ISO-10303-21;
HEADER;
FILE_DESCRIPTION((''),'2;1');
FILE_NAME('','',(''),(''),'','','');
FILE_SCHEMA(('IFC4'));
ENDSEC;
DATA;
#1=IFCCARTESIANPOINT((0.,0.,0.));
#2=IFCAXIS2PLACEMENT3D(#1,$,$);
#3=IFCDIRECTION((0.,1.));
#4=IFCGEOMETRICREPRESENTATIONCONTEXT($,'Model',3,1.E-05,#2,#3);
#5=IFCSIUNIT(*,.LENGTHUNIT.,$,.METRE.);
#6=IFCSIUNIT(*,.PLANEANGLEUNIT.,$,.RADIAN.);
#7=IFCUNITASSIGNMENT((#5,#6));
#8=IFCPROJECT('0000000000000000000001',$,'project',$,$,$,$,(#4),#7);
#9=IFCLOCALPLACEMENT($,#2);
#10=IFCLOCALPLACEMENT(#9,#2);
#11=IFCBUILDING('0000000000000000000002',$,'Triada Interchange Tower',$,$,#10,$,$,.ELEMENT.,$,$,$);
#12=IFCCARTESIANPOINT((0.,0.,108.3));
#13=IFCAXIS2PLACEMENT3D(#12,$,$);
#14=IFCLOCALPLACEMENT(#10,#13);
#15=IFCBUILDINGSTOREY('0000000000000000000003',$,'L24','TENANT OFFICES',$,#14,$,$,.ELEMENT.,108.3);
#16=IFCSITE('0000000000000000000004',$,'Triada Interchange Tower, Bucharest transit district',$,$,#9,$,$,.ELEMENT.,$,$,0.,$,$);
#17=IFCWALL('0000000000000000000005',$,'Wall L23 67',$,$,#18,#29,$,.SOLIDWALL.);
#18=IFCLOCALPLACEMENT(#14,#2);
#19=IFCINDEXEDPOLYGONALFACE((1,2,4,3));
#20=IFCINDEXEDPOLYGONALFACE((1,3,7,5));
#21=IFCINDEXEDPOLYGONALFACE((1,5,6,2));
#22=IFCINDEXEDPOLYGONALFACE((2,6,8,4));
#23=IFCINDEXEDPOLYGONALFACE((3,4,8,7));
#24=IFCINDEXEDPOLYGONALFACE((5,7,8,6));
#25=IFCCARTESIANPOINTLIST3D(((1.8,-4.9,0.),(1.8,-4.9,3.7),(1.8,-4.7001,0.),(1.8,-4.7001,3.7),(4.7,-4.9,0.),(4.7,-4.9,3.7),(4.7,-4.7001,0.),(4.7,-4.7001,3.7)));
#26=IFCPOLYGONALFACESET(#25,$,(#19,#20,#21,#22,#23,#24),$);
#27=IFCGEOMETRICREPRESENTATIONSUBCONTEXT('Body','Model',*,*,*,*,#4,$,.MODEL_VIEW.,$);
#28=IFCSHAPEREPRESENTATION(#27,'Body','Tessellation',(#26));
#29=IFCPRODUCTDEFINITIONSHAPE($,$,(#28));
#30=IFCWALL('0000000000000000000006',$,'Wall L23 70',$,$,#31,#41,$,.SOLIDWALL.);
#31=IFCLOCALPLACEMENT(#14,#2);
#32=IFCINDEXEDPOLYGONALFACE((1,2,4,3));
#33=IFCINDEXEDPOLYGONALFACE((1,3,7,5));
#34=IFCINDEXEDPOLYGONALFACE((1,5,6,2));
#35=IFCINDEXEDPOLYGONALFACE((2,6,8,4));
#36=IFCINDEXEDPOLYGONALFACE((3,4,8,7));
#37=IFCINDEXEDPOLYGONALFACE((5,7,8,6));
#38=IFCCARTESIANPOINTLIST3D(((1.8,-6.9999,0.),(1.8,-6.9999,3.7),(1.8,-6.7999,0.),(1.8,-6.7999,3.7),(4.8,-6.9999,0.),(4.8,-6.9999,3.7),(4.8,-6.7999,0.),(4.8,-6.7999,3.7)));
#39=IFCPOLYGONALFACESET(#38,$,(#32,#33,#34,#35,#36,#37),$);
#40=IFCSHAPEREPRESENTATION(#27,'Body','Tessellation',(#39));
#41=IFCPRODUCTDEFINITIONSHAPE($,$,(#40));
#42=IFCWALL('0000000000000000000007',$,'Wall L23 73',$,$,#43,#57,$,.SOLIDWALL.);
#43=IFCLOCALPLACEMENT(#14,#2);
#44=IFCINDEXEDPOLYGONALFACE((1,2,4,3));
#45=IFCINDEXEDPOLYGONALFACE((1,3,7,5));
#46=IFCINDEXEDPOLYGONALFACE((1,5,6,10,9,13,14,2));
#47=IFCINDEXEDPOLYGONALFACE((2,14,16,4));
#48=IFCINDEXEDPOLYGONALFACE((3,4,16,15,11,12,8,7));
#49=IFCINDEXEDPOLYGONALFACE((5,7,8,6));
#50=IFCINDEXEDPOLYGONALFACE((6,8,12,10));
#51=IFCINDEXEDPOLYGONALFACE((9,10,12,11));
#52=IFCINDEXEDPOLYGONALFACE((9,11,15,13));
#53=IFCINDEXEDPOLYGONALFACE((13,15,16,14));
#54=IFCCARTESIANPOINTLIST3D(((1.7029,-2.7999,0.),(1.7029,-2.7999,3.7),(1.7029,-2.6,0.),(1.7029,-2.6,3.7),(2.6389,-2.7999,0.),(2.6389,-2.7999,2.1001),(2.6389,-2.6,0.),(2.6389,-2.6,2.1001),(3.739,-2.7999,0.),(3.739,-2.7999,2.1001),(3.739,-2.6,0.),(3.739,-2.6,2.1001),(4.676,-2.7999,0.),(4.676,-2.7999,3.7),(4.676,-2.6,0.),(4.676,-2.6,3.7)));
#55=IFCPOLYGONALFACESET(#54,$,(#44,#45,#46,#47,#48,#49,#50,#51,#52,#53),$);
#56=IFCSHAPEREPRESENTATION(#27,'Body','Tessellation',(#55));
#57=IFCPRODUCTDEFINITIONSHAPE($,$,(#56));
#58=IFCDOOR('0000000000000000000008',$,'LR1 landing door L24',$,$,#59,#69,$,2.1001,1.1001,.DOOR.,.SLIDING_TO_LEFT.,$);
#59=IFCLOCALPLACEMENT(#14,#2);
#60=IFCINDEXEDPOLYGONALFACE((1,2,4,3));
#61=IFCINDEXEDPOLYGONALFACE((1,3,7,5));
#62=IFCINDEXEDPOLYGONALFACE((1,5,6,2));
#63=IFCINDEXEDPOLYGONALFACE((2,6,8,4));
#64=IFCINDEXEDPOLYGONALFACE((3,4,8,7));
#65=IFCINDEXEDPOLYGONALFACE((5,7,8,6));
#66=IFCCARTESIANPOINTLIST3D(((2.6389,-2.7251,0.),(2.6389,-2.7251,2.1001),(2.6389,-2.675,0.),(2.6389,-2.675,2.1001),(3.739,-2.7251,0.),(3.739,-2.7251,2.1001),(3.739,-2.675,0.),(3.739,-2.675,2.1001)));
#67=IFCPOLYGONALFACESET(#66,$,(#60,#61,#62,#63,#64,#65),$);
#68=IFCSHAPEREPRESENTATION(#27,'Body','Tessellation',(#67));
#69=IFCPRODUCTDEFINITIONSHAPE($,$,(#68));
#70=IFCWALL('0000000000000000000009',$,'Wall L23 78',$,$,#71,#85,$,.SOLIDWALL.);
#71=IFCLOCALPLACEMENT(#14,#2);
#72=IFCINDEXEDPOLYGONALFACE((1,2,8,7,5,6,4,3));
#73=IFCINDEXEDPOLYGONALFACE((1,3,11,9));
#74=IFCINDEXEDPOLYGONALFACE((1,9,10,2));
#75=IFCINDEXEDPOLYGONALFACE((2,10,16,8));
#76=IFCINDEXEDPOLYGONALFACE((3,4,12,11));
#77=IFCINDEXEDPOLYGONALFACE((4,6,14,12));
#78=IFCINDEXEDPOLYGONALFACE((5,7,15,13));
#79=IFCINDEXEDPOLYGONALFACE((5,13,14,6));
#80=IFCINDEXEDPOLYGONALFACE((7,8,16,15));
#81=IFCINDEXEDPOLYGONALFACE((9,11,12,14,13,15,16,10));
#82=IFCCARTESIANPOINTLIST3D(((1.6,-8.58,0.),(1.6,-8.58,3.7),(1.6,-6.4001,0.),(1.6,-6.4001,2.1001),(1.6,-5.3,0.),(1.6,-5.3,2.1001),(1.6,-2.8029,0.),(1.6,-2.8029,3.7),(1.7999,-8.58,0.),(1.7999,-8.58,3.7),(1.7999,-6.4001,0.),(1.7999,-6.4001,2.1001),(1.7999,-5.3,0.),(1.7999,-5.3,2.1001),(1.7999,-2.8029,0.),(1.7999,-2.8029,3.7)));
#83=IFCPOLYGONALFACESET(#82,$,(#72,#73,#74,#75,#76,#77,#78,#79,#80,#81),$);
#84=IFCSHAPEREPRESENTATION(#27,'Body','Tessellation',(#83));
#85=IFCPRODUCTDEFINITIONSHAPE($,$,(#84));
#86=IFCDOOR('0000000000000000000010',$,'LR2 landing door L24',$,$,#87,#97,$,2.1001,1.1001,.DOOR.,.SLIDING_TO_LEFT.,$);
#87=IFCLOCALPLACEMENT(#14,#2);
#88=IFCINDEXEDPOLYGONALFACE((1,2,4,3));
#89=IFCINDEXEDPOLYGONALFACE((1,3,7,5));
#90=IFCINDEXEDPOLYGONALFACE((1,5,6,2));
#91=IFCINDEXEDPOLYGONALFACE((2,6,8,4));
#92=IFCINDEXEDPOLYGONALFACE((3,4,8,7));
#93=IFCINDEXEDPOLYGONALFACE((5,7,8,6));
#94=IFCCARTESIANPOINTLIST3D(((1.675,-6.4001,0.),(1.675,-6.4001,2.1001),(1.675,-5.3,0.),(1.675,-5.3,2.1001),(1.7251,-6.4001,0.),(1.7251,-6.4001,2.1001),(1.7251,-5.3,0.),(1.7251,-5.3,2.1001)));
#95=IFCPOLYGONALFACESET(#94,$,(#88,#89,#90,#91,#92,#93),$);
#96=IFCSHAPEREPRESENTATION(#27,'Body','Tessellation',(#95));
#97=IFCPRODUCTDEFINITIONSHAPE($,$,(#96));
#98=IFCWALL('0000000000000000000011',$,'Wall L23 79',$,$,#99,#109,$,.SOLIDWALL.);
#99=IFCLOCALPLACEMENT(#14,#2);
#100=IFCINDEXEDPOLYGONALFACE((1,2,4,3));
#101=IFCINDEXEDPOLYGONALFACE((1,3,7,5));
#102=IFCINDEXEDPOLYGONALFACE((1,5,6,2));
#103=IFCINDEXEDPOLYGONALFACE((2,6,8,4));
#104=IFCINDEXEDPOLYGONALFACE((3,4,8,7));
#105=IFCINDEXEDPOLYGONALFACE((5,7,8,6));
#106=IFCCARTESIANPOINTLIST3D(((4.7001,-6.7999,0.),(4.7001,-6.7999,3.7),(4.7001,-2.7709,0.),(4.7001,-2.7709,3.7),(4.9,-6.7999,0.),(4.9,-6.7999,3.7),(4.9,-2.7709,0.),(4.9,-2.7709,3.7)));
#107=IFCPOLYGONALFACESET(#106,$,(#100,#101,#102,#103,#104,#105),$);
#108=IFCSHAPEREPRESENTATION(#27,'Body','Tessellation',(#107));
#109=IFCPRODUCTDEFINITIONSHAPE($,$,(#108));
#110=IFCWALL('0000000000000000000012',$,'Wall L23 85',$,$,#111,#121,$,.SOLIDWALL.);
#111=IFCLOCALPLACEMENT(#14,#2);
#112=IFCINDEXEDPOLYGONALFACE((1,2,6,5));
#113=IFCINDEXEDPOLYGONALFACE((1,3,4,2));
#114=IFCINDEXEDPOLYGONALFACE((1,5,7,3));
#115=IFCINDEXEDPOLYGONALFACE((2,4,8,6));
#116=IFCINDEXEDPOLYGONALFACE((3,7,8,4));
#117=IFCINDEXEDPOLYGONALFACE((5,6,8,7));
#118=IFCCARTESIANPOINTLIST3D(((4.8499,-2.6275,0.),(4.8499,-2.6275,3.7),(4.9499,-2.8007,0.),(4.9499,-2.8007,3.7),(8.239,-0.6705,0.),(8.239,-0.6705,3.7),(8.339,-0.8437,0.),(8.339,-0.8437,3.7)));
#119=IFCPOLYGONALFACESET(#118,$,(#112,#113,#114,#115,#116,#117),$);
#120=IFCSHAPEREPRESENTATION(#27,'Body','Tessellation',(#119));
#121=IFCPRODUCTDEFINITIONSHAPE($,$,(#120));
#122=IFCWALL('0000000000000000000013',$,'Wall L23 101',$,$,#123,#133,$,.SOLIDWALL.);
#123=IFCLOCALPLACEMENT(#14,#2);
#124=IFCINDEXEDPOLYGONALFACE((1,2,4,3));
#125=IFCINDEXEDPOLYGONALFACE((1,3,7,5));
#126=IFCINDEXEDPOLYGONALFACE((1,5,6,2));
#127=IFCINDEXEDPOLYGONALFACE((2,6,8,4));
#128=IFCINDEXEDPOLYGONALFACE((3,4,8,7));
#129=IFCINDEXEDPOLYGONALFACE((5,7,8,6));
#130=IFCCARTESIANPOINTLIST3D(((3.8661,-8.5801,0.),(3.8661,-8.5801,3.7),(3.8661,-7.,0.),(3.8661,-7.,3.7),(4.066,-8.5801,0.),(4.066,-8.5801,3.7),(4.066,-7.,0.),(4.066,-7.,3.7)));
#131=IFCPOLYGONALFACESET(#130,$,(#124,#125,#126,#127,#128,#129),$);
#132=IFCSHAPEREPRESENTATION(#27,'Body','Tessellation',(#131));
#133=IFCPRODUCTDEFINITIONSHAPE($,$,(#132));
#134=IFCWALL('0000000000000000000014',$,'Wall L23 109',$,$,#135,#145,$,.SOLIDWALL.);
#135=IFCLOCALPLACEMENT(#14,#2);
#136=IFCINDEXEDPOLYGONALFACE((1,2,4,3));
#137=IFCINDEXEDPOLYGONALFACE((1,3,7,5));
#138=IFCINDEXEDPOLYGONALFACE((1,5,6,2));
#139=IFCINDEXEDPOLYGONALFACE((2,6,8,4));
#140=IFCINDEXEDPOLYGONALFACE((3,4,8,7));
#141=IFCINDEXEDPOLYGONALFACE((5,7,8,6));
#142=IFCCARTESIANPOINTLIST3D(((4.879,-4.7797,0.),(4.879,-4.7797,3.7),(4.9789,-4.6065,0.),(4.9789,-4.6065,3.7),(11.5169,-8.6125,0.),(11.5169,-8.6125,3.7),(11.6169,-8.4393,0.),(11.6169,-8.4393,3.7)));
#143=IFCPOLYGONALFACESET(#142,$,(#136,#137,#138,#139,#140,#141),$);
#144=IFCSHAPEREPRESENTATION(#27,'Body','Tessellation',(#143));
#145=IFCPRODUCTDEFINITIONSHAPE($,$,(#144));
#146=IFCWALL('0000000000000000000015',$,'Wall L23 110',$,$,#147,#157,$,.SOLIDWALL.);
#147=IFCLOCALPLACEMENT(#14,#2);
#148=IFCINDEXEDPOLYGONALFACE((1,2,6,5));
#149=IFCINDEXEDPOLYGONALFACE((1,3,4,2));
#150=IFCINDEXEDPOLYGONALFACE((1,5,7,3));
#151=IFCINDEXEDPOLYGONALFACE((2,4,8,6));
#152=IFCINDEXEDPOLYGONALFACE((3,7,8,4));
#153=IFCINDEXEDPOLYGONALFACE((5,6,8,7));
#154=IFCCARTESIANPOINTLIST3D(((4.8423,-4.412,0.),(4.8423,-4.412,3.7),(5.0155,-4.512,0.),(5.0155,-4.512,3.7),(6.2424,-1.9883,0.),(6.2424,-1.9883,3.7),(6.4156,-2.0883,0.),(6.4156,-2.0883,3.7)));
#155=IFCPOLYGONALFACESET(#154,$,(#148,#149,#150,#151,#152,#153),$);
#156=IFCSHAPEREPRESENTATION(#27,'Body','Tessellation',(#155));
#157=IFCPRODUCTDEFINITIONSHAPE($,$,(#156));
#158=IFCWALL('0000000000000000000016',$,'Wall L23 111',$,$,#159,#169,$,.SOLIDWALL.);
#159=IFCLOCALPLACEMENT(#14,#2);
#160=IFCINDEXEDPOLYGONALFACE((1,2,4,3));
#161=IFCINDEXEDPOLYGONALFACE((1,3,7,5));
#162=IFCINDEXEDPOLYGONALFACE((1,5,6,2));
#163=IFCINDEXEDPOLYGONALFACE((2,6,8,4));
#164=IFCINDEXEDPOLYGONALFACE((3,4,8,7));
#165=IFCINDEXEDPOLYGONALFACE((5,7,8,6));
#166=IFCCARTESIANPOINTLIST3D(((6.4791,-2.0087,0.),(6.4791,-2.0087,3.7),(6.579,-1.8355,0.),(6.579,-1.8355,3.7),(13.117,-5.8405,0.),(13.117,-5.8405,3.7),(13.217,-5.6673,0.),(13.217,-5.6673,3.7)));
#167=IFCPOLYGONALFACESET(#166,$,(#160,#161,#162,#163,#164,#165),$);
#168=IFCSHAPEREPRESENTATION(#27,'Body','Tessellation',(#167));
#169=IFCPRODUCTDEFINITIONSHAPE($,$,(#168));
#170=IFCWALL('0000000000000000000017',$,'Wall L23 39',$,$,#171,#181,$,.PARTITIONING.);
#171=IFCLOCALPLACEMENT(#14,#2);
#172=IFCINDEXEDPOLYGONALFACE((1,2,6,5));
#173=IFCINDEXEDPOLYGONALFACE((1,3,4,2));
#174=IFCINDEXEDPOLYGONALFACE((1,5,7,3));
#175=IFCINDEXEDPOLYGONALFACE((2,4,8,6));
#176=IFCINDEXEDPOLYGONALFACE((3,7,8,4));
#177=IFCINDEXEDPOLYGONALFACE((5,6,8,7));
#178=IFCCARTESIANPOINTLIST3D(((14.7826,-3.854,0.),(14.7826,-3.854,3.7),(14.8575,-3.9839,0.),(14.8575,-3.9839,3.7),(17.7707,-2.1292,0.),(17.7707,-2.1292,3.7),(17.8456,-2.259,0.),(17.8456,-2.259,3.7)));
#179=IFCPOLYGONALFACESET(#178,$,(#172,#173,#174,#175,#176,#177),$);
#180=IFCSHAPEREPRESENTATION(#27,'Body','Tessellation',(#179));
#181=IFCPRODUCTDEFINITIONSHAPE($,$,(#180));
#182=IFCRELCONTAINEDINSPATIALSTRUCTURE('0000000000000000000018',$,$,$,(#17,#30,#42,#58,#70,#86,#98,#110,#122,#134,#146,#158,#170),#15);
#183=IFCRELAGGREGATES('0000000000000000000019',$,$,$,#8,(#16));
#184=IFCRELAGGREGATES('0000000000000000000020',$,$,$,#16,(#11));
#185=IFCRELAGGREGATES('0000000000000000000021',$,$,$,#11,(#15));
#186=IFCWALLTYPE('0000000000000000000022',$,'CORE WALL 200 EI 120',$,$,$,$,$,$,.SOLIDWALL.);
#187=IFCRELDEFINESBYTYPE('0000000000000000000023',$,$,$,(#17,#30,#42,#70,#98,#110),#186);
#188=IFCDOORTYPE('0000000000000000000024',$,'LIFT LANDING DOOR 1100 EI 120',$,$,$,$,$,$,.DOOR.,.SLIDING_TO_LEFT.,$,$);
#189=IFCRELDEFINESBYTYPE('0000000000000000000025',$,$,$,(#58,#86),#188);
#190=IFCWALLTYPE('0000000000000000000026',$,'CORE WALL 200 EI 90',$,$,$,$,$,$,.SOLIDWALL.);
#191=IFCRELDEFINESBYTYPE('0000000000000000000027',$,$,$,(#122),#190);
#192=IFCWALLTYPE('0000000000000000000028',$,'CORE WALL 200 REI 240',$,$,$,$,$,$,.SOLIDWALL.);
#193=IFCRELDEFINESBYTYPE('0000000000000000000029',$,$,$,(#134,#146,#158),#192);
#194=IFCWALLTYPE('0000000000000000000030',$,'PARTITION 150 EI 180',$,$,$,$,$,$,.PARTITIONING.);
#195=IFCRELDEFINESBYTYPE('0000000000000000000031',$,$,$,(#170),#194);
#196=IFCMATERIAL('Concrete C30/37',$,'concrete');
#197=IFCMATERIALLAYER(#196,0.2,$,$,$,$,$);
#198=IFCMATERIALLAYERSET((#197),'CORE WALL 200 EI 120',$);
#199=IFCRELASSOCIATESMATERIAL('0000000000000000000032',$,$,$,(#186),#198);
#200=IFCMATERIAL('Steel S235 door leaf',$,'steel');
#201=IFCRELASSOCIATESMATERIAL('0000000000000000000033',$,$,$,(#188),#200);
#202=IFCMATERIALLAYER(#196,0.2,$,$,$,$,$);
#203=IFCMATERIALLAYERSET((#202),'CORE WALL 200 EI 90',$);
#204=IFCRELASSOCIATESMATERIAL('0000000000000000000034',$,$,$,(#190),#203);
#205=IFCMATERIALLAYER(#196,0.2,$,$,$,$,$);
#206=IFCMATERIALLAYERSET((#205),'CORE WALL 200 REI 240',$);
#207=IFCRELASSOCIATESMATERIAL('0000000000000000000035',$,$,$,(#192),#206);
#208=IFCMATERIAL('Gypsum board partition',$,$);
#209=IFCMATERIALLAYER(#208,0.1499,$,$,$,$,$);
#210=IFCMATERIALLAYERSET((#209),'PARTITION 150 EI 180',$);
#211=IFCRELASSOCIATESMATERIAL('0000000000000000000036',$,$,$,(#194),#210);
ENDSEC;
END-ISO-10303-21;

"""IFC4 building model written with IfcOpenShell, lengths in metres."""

from ifc_helpers import new_model, si_unit, direction, frame, frame_2d, origin, place, context, subcontext, project, spatial, rectangle, extrude, material, layer, layer_set, type_object, element, fill, save


model = new_model("IFC4")

# Units and contexts
model_context = context("Model", 3, precision=1e-05, world=origin(), true_north=direction((0.0, 1.0)))
body_context = subcontext(model_context, "Body", "Model", "MODEL_VIEW")
ifc_project = project(units=[si_unit("LENGTHUNIT", "METRE"), si_unit("PLANEANGLEUNIT", "RADIAN")], contexts=[model_context])

# Site, building, storey
site_placement = place(None, origin())
site = spatial("IfcSite", under=ifc_project, at=site_placement, Name="Triada Interchange Tower, Bucharest transit district", CompositionType="ELEMENT", RefElevation=0.0)
building_placement = place(site_placement, origin())
building = spatial("IfcBuilding", under=site, at=building_placement, Name="Triada Interchange Tower", CompositionType="ELEMENT")
storey_placement = place(building_placement, frame((0.0, 0.0, 108.3)))
storey = spatial("IfcBuildingStorey", under=building, at=storey_placement, Name="L24", Description="TENANT OFFICES", CompositionType="ELEMENT", Elevation=108.3)

# Walls
ifc_material_1 = material(Name="Concrete C30/37", Category="concrete")
ifc_layer_1 = layer(ifc_material_1, 0.2)
ifc_layer_set_1 = layer_set([ifc_layer_1], Name="CORE WALL 200 EI 120")
wall_type_1 = type_object("IfcWallType", Name="CORE WALL 200 EI 120", PredefinedType="SOLIDWALL", material=ifc_layer_set_1)
wall_1_placement = place(storey_placement, frame((1.8, -4.8, 0.0), z_axis=(0.0, 0.0, 1.0), x_axis=(1.0, 0.0, 0.0)))
element("IfcWall", 1, at=wall_1_placement, inside=storey, type_object=wall_type_1, Name="Wall L23 67", PredefinedType="SOLIDWALL", context=body_context, shape_type="SweptSolid", body=[
    extrude(rectangle(XDim=2.8999, YDim=0.2, at=frame_2d((1.45, 0.0))), origin(), (0.0, 0.0, 1.0), 3.7),
])
wall_2_placement = place(storey_placement, frame((1.8, -6.8999, 0.0), z_axis=(0.0, 0.0, 1.0), x_axis=(1.0, 0.0, 0.0)))
element("IfcWall", 2, at=wall_2_placement, inside=storey, type_object=wall_type_1, Name="Wall L23 70", PredefinedType="SOLIDWALL", context=body_context, shape_type="SweptSolid", body=[
    extrude(rectangle(XDim=3.0, YDim=0.2, at=frame_2d((1.5, 0.0))), origin(), (0.0, 0.0, 1.0), 3.7),
])

# Walls, openings, doors
wall_3_placement = place(storey_placement, frame((1.7029, -2.7, 0.0), z_axis=(0.0, 0.0, 1.0), x_axis=(1.0, 0.0, 0.0)))
wall_3 = element("IfcWall", 3, at=wall_3_placement, inside=storey, type_object=wall_type_1, Name="Wall L23 73", PredefinedType="SOLIDWALL", context=body_context, shape_type="SweptSolid", body=[
    extrude(rectangle(XDim=2.9731, YDim=0.2, at=frame_2d((1.4866, 0.0))), origin(), (0.0, 0.0, 1.0), 3.7),
])
opening_1_placement = place(wall_3_placement, frame((0.936, 0.0, 0.0)))
opening_1 = element("IfcOpeningElement", 4, at=opening_1_placement, cuts=wall_3, PredefinedType="OPENING", context=body_context, shape_type="SweptSolid", body=[
    extrude(rectangle(XDim=1.1001, YDim=2.1001, at=frame_2d((0.55, 1.05))), frame((0.0, 0.1099, 0.0), z_axis=(0.0, -1.0, 0.0), x_axis=(1.0, 0.0, 0.0)), (0.0, 0.0, 1.0), 0.22),
])
ifc_material_2 = material(Name="Steel S235 door leaf", Category="steel")
door_type_1 = type_object("IfcDoorType", Name="LIFT LANDING DOOR 1100 EI 120", OperationType="SLIDING_TO_LEFT", PredefinedType="DOOR", material=ifc_material_2)
door_1_placement = place(opening_1_placement, origin())
door_1 = element("IfcDoor", 5, at=door_1_placement, inside=storey, type_object=door_type_1, Name="LR1 landing door L24", OperationType="SLIDING_TO_LEFT", OverallHeight=2.1001, OverallWidth=1.1001, PredefinedType="DOOR", context=body_context, shape_type="SweptSolid", body=[
    extrude(rectangle(XDim=1.1001, YDim=2.1001, at=frame_2d((0.55, 1.05))), frame((0.0, 0.0249, 0.0), z_axis=(0.0, -1.0, 0.0), x_axis=(1.0, 0.0, 0.0)), (0.0, 0.0, 1.0), 0.05),
])
fill(opening_1, door_1)
wall_4_placement = place(storey_placement, frame((1.7, -8.5801, 0.0), z_axis=(0.0, 0.0, 1.0), x_axis=(0.0, 1.0, 0.0)))
wall_4 = element("IfcWall", 6, at=wall_4_placement, inside=storey, type_object=wall_type_1, Name="Wall L23 78", PredefinedType="SOLIDWALL", context=body_context, shape_type="SweptSolid", body=[
    extrude(rectangle(XDim=5.7771, YDim=0.2, at=frame_2d((2.8887, 0.0))), origin(), (0.0, 0.0, 1.0), 3.7),
])
opening_2_placement = place(wall_4_placement, frame((2.1799, 0.0, 0.0)))
opening_2 = element("IfcOpeningElement", 7, at=opening_2_placement, cuts=wall_4, PredefinedType="OPENING", context=body_context, shape_type="SweptSolid", body=[
    extrude(rectangle(XDim=1.1001, YDim=2.1001, at=frame_2d((0.55, 1.05))), frame((0.0, 0.1099, 0.0), z_axis=(0.0, -1.0, 0.0), x_axis=(1.0, 0.0, 0.0)), (0.0, 0.0, 1.0), 0.22),
])
door_2_placement = place(opening_2_placement, origin())
door_2 = element("IfcDoor", 8, at=door_2_placement, inside=storey, type_object=door_type_1, Name="LR2 landing door L24", OperationType="SLIDING_TO_LEFT", OverallHeight=2.1001, OverallWidth=1.1001, PredefinedType="DOOR", context=body_context, shape_type="SweptSolid", body=[
    extrude(rectangle(XDim=1.1001, YDim=2.1001, at=frame_2d((0.55, 1.05))), frame((0.0, 0.0249, 0.0), z_axis=(0.0, -1.0, 0.0), x_axis=(1.0, 0.0, 0.0)), (0.0, 0.0, 1.0), 0.05),
])
fill(opening_2, door_2)

# Walls
wall_5_placement = place(storey_placement, frame((4.8, -6.8, 0.0), z_axis=(0.0, 0.0, 1.0), x_axis=(0.0, 1.0, 0.0)))
element("IfcWall", 9, at=wall_5_placement, inside=storey, type_object=wall_type_1, Name="Wall L23 79", PredefinedType="SOLIDWALL", context=body_context, shape_type="SweptSolid", body=[
    extrude(rectangle(XDim=4.0291, YDim=0.2, at=frame_2d((2.0146, 0.0))), origin(), (0.0, 0.0, 1.0), 3.7),
])
wall_6_placement = place(storey_placement, frame((4.8999, -2.7141, 0.0), z_axis=(0.0, 0.0, 1.0), x_axis=(0.865992, 0.500057, 0.0)))
element("IfcWall", 10, at=wall_6_placement, inside=storey, type_object=wall_type_1, Name="Wall L23 85", PredefinedType="SOLIDWALL", context=body_context, shape_type="SweptSolid", body=[
    extrude(rectangle(XDim=3.9136, YDim=0.2, at=frame_2d((1.9568, 0.0))), origin(), (0.0, 0.0, 1.0), 3.7),
])
ifc_layer_2 = layer(ifc_material_1, 0.2)
ifc_layer_set_2 = layer_set([ifc_layer_2], Name="CORE WALL 200 EI 90")
wall_type_2 = type_object("IfcWallType", Name="CORE WALL 200 EI 90", PredefinedType="SOLIDWALL", material=ifc_layer_set_2)
wall_7_placement = place(storey_placement, frame((3.9661, -8.5801, 0.0), z_axis=(0.0, 0.0, 1.0), x_axis=(0.0, 1.0, 0.0)))
element("IfcWall", 11, at=wall_7_placement, inside=storey, type_object=wall_type_2, Name="Wall L23 101", PredefinedType="SOLIDWALL", context=body_context, shape_type="SweptSolid", body=[
    extrude(rectangle(XDim=1.5801, YDim=0.2, at=frame_2d((0.79, 0.0))), origin(), (0.0, 0.0, 1.0), 3.7),
])
ifc_layer_3 = layer(ifc_material_1, 0.2)
ifc_layer_set_3 = layer_set([ifc_layer_3], Name="CORE WALL 200 REI 240")
wall_type_3 = type_object("IfcWallType", Name="CORE WALL 200 REI 240", PredefinedType="SOLIDWALL", material=ifc_layer_set_3)
wall_8_placement = place(storey_placement, frame((4.929, -4.6931, 0.0), z_axis=(0.0, 0.0, 1.0), x_axis=(0.866006, -0.500034, 0.0)))
element("IfcWall", 12, at=wall_8_placement, inside=storey, type_object=wall_type_3, Name="Wall L23 109", PredefinedType="SOLIDWALL", context=body_context, shape_type="SweptSolid", body=[
    extrude(rectangle(XDim=7.665, YDim=0.2, at=frame_2d((3.8325, 0.0))), origin(), (0.0, 0.0, 1.0), 3.7),
])
wall_9_placement = place(storey_placement, frame((4.929, -4.4619, 0.0), z_axis=(0.0, 0.0, 1.0), x_axis=(0.500201, 0.86591, 0.0)))
element("IfcWall", 13, at=wall_9_placement, inside=storey, type_object=wall_type_3, Name="Wall L23 110", PredefinedType="SOLIDWALL", context=body_context, shape_type="SweptSolid", body=[
    extrude(rectangle(XDim=2.7991, YDim=0.2, at=frame_2d((1.3994, 0.0))), origin(), (0.0, 0.0, 1.0), 3.7),
])
wall_10_placement = place(storey_placement, frame((6.5291, -1.9221, 0.0), z_axis=(0.0, 0.0, 1.0), x_axis=(0.866061, -0.499938, 0.0)))
element("IfcWall", 14, at=wall_10_placement, inside=storey, type_object=wall_type_3, Name="Wall L23 111", PredefinedType="SOLIDWALL", context=body_context, shape_type="SweptSolid", body=[
    extrude(rectangle(XDim=7.6646, YDim=0.2, at=frame_2d((3.8323, 0.0))), origin(), (0.0, 0.0, 1.0), 3.7),
])

# Wall
ifc_material_3 = material(Name="Gypsum board partition")
ifc_layer_4 = layer(ifc_material_3, 0.1499)
ifc_layer_set_4 = layer_set([ifc_layer_4], Name="PARTITION 150 EI 180")
wall_type_4 = type_object("IfcWallType", Name="PARTITION 150 EI 180", PredefinedType="PARTITIONING", material=ifc_layer_set_4)
wall_11_placement = place(storey_placement, frame((14.8201, -3.9189, 0.0), z_axis=(0.0, 0.0, 1.0), x_axis=(0.866062, 0.499937, 0.0)))
element("IfcWall", 15, at=wall_11_placement, inside=storey, type_object=wall_type_4, Name="Wall L23 39", PredefinedType="PARTITIONING", context=body_context, shape_type="SweptSolid", body=[
    extrude(rectangle(XDim=3.4502, YDim=0.1499, at=frame_2d((1.7251, 0.0))), origin(), (0.0, 0.0, 1.0), 3.7),
])

save(model, "model.ifc")
